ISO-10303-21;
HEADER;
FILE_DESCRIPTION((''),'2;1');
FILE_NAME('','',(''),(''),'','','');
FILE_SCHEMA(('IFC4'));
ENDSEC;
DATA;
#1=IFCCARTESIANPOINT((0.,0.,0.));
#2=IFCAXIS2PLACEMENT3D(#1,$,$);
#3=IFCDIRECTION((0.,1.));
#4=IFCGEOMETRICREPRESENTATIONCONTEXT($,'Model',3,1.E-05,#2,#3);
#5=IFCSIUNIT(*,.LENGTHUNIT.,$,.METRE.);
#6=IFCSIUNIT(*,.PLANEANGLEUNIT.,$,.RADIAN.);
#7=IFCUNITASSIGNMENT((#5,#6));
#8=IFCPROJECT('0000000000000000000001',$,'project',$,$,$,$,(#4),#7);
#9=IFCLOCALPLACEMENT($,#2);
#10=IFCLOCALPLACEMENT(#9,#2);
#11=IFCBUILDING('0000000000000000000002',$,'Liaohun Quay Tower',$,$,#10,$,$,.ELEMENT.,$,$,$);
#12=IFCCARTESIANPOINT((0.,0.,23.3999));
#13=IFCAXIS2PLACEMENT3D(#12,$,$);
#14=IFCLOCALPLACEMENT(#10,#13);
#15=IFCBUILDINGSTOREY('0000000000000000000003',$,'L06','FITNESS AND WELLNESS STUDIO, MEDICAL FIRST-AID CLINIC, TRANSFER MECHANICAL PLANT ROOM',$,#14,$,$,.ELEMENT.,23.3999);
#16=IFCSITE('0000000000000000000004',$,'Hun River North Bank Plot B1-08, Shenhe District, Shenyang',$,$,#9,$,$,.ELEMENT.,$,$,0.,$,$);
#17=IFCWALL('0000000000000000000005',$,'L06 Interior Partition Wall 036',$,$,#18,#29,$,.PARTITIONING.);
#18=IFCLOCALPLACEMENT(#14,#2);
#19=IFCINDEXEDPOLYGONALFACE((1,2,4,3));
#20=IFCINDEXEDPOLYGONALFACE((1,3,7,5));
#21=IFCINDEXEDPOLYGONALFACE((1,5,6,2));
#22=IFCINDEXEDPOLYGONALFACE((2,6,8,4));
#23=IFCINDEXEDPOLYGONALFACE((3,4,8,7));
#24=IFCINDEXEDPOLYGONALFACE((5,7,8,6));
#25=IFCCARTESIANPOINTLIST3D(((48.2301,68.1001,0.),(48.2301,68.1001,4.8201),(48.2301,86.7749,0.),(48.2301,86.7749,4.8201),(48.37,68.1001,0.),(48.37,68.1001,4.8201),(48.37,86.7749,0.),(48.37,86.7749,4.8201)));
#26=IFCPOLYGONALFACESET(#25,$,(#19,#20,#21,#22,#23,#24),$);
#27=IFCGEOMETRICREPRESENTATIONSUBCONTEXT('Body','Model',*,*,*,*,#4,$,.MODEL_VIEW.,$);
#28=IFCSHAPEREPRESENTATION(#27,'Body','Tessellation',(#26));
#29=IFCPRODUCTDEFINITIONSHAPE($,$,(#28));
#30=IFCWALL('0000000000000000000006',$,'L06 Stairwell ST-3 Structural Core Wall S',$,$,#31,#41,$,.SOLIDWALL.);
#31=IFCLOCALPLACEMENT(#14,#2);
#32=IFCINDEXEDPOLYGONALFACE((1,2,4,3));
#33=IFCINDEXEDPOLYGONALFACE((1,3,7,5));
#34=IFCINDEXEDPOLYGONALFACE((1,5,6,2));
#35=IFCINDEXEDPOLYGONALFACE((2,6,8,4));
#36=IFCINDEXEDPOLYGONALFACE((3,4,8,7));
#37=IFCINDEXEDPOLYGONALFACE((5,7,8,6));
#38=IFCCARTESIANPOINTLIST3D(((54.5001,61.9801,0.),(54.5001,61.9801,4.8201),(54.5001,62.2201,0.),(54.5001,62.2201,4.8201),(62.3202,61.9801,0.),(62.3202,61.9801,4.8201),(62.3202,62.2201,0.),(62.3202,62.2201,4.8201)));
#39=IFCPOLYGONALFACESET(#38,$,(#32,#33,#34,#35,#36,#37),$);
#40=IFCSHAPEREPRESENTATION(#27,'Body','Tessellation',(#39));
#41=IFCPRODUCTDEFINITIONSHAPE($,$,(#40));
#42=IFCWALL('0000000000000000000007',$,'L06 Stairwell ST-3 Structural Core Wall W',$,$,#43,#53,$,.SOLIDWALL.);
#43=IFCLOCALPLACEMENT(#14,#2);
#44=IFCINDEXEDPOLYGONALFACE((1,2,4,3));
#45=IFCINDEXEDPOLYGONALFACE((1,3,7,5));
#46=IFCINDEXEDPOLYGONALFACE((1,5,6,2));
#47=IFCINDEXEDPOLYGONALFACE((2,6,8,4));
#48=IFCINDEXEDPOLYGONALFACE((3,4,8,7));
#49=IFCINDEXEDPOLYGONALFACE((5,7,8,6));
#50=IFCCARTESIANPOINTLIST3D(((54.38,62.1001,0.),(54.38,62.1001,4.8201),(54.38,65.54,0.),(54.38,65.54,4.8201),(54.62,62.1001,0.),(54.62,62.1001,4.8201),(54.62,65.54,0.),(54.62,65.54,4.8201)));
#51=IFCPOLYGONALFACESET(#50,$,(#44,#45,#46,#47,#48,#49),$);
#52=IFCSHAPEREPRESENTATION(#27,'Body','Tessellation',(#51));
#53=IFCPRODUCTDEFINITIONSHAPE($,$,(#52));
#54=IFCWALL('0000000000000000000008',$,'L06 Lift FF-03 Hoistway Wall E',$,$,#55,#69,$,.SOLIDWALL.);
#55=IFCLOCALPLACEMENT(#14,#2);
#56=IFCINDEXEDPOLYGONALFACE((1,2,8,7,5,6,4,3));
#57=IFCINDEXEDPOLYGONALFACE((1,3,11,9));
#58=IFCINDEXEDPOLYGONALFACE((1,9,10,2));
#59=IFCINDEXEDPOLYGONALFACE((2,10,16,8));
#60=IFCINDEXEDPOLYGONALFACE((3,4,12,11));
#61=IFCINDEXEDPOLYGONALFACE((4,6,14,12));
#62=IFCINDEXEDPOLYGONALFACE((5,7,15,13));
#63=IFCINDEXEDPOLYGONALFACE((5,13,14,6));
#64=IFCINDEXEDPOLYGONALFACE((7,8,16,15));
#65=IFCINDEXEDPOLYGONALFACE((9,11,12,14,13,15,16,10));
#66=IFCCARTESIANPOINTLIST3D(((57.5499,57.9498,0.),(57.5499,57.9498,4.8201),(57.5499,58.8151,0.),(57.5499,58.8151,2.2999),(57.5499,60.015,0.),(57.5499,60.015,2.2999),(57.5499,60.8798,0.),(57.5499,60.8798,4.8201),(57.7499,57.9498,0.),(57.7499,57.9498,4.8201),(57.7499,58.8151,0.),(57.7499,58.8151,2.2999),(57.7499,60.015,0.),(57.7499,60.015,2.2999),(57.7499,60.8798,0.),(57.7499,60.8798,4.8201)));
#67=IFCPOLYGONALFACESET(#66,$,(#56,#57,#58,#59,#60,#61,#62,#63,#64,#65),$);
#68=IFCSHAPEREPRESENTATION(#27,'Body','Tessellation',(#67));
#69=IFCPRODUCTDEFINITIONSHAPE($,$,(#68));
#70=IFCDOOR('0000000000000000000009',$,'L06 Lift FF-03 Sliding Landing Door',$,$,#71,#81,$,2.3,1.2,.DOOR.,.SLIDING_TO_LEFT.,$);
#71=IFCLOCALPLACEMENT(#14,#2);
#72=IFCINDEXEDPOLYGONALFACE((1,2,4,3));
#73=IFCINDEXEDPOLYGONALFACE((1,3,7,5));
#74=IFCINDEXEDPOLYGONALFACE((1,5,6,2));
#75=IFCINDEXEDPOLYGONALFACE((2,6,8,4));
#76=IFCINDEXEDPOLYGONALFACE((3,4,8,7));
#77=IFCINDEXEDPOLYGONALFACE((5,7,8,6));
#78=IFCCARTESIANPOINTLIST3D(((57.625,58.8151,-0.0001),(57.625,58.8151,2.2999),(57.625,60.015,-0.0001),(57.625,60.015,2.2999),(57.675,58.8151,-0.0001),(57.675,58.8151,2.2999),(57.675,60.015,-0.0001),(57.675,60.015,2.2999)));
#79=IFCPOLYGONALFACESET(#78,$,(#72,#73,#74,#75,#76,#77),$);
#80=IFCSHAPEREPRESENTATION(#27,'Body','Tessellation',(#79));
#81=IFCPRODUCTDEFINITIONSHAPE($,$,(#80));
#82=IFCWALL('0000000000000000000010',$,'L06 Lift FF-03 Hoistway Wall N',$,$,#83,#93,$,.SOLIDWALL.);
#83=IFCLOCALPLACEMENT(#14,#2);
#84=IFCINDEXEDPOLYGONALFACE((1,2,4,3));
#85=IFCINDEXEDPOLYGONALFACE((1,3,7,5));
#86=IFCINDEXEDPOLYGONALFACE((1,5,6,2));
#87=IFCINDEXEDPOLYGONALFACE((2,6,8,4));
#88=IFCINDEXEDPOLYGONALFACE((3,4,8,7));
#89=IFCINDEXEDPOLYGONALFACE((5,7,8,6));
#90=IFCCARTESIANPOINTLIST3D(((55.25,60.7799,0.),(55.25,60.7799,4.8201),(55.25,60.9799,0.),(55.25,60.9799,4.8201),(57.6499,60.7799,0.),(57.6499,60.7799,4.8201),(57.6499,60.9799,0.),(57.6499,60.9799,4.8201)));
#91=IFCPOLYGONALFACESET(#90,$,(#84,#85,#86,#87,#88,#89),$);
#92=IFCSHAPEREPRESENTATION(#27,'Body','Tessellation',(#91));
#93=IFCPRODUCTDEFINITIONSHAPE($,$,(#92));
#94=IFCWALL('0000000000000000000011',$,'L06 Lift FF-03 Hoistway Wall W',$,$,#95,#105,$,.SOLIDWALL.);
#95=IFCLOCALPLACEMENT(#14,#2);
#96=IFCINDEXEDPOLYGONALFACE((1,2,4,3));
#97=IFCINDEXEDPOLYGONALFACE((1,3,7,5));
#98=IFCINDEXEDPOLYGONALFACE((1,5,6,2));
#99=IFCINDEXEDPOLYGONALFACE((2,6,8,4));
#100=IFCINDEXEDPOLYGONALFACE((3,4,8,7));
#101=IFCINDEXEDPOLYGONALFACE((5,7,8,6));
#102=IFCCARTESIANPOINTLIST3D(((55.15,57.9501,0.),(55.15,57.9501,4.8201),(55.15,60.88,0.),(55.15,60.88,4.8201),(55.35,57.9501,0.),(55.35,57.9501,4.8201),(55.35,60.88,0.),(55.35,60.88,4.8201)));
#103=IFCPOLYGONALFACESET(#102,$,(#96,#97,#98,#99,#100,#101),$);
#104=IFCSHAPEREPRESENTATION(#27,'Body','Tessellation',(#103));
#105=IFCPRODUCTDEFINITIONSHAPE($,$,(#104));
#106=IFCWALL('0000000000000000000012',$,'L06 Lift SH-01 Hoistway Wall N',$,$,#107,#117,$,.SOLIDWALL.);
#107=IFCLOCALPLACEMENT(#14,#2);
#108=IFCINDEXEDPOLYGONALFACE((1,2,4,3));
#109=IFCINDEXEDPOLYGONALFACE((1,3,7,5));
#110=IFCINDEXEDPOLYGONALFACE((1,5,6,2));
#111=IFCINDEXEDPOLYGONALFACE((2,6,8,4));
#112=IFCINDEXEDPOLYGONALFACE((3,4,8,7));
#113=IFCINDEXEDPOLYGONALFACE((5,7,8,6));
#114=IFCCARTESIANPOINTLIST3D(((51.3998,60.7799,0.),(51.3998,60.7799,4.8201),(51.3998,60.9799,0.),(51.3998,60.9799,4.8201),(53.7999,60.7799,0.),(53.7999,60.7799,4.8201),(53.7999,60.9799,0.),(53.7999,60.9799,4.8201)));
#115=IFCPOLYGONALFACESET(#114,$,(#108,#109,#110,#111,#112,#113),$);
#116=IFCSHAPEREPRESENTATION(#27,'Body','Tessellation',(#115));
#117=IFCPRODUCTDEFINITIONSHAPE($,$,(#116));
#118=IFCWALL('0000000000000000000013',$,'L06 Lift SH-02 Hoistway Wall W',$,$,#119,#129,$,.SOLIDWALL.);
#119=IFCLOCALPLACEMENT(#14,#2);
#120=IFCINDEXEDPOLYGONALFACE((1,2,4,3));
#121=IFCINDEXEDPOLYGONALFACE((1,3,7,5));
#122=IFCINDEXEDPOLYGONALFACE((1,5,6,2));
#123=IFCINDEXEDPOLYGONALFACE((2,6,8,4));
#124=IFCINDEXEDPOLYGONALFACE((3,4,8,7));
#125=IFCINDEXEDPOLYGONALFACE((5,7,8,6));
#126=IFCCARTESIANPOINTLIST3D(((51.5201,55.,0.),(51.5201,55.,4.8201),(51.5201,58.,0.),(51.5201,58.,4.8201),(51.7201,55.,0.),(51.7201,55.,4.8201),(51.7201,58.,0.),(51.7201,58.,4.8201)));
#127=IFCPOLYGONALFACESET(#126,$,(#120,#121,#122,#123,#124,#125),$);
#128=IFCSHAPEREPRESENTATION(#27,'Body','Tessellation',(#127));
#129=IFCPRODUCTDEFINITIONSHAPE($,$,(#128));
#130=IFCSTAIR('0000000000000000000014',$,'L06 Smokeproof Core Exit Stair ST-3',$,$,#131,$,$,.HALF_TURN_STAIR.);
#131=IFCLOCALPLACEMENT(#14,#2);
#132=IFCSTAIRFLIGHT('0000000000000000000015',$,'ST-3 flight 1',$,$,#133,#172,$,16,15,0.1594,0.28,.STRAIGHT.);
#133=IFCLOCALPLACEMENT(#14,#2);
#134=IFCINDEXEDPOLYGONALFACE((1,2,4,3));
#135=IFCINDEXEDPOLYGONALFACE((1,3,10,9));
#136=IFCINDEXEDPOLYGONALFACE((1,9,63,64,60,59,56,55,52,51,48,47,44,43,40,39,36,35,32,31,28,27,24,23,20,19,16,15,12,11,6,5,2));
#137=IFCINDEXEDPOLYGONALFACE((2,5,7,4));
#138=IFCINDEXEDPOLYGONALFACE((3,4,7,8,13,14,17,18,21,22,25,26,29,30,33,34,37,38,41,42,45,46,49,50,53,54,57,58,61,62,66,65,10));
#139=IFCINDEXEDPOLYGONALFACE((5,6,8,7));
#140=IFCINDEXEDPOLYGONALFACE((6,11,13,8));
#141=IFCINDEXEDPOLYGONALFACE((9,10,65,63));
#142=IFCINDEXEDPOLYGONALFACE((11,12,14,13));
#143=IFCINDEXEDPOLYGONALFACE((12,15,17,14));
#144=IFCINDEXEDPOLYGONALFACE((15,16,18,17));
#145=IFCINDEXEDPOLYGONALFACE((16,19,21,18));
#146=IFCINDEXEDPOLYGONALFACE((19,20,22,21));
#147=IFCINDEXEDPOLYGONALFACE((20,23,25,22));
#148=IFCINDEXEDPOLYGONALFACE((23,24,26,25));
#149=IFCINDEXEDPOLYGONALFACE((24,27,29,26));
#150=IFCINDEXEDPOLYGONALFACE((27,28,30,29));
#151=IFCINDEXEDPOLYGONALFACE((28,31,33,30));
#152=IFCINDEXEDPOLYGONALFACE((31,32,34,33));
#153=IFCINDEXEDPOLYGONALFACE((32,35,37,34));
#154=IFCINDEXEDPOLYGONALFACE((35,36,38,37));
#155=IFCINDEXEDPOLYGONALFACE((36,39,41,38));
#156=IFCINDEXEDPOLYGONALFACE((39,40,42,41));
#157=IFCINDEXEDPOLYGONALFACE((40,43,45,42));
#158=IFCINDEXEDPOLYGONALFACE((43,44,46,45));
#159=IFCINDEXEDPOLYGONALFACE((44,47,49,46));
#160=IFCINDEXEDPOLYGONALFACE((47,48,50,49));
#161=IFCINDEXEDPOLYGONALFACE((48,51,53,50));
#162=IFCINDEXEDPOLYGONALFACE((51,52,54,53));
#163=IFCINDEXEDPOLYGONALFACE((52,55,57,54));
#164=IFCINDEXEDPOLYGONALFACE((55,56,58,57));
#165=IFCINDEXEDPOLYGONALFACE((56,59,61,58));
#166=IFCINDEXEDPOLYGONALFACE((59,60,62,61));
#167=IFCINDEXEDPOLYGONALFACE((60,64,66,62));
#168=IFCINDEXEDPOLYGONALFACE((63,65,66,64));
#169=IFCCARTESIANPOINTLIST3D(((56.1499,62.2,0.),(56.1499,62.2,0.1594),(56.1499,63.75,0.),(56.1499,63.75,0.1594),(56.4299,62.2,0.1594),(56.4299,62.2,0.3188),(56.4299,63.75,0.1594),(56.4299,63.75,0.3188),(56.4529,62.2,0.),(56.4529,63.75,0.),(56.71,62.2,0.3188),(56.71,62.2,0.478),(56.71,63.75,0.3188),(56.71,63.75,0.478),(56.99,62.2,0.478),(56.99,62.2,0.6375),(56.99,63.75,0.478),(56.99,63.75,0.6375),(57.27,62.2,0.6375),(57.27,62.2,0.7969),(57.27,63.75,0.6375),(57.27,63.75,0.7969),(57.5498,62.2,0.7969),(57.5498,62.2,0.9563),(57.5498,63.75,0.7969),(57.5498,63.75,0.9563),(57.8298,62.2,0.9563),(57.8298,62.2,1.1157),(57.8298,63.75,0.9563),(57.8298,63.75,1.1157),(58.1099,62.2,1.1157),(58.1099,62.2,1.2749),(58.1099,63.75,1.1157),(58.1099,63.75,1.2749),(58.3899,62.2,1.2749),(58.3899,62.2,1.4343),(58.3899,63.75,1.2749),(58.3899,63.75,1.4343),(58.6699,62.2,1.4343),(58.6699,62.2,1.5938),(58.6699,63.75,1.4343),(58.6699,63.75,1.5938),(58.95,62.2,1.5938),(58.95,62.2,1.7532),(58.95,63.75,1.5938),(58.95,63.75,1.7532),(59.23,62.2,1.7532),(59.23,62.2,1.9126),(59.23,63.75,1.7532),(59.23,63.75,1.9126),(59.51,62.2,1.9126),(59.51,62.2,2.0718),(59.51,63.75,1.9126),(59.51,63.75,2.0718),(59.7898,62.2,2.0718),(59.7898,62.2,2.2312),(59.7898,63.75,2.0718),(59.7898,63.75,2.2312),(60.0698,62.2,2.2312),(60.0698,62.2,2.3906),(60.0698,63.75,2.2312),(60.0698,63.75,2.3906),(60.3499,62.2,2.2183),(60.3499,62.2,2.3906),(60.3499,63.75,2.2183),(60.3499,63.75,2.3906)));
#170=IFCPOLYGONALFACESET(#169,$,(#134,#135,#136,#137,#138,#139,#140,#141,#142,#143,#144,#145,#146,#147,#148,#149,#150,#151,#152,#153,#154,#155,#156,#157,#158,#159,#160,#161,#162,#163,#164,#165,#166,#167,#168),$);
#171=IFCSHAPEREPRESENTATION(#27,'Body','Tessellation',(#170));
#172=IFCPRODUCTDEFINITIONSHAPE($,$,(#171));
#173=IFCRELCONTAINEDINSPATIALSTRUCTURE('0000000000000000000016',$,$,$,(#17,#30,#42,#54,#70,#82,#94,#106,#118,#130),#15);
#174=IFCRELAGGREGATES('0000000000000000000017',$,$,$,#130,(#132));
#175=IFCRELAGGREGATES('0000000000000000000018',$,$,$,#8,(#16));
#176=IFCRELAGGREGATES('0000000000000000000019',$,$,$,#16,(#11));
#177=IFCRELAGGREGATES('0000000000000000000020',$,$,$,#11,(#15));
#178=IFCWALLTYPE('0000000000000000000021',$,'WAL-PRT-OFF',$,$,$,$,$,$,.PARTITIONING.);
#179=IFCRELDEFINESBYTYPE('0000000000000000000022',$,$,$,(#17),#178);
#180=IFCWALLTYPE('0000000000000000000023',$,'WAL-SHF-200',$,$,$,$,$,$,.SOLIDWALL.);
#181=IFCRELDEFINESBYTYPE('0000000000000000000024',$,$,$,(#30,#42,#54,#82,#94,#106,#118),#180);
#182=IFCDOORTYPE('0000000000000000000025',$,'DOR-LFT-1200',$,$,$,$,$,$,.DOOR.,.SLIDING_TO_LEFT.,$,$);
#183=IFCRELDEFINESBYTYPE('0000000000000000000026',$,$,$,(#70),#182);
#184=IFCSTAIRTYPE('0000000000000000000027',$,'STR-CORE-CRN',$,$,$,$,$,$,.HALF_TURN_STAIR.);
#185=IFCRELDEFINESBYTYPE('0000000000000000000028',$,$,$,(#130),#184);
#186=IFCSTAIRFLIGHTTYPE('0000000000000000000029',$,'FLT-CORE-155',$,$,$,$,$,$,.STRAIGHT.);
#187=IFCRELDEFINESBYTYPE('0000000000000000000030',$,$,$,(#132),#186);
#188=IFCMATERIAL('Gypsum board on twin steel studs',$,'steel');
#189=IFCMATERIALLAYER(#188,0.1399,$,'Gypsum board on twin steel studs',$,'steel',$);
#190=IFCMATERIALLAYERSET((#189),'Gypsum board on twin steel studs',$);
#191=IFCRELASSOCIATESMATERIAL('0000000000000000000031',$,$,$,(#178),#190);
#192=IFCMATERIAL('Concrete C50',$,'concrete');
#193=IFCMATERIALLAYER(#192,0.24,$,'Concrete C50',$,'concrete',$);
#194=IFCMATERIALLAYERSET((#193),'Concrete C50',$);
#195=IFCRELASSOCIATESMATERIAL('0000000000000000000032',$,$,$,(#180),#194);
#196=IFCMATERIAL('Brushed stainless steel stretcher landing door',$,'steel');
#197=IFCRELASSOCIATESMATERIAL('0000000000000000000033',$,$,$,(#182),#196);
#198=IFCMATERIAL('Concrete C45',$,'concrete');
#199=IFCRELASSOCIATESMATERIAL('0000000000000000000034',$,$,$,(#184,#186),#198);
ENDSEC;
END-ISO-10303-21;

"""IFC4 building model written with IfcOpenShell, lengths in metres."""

from ifc_helpers import new_model, si_unit, direction, frame, frame_2d, origin, place, context, subcontext, project, spatial, polyline, rectangle, outline, extrude, source, transform, mapped, material, layer, layer_set, type_object, element, fill, aggregate, save


model = new_model("IFC4")

# Units and contexts
model_context = context("Model", 3, precision=1e-05, world=origin(), true_north=direction((0.0, 1.0)))
body_context = subcontext(model_context, "Body", "Model", "MODEL_VIEW")
ifc_project = project(units=[si_unit("LENGTHUNIT", "METRE"), si_unit("PLANEANGLEUNIT", "RADIAN")], contexts=[model_context])

# Site, building, storey
site_placement = place(None, origin())
site = spatial("IfcSite", under=ifc_project, at=site_placement, Name="Hun River North Bank Plot B1-08, Shenhe District, Shenyang", CompositionType="ELEMENT", RefElevation=0.0)
building_placement = place(site_placement, origin())
building = spatial("IfcBuilding", under=site, at=building_placement, Name="Liaohun Quay Tower", CompositionType="ELEMENT")
storey_placement = place(building_placement, frame((0.0, 0.0, 23.3999)))
storey = spatial("IfcBuildingStorey", under=building, at=storey_placement, Name="L06", Description="FITNESS AND WELLNESS STUDIO, MEDICAL FIRST-AID CLINIC, TRANSFER MECHANICAL PLANT ROOM", CompositionType="ELEMENT", Elevation=23.3999)

# Walls
ifc_material_1 = material(Name="Gypsum board on twin steel studs", Category="steel")
ifc_layer_1 = layer(ifc_material_1, 0.1399, Name="Gypsum board on twin steel studs", Category="steel")
ifc_layer_set_1 = layer_set([ifc_layer_1], Name="Gypsum board on twin steel studs")
wall_type_1 = type_object("IfcWallType", Name="WAL-PRT-OFF", PredefinedType="PARTITIONING", material=ifc_layer_set_1)
wall_1_placement = place(storey_placement, frame((48.3, 68.1001, 0.0), z_axis=(0.0, 0.0, 1.0), x_axis=(0.0, 1.0, 0.0)))
element("IfcWall", 1, at=wall_1_placement, inside=storey, type_object=wall_type_1, Name="L06 Interior Partition Wall 036", PredefinedType="PARTITIONING", context=body_context, shape_type="SweptSolid", body=[
    extrude(rectangle(XDim=18.6748, YDim=0.1399, at=frame_2d((9.3374, 0.0))), origin(), (0.0, 0.0, 1.0), 4.8201),
])
ifc_material_2 = material(Name="Concrete C50", Category="concrete")
ifc_layer_2 = layer(ifc_material_2, 0.24, Name="Concrete C50", Category="concrete")
ifc_layer_set_2 = layer_set([ifc_layer_2], Name="Concrete C50")
wall_type_2 = type_object("IfcWallType", Name="WAL-SHF-200", PredefinedType="SOLIDWALL", material=ifc_layer_set_2)
wall_2_placement = place(storey_placement, frame((54.5, 62.1001, 0.0), z_axis=(0.0, 0.0, 1.0), x_axis=(1.0, 0.0, 0.0)))
element("IfcWall", 2, at=wall_2_placement, inside=storey, type_object=wall_type_2, Name="L06 Stairwell ST-3 Structural Core Wall S", PredefinedType="SOLIDWALL", context=body_context, shape_type="SweptSolid", body=[
    extrude(rectangle(XDim=7.8201, YDim=0.24, at=frame_2d((3.9102, 0.0))), origin(), (0.0, 0.0, 1.0), 4.8201),
])
wall_3_placement = place(storey_placement, frame((54.5, 65.54, 0.0), z_axis=(0.0, 0.0, 1.0), x_axis=(0.0, -1.0, 0.0)))
element("IfcWall", 3, at=wall_3_placement, inside=storey, type_object=wall_type_2, Name="L06 Stairwell ST-3 Structural Core Wall W", PredefinedType="SOLIDWALL", context=body_context, shape_type="SweptSolid", body=[
    extrude(rectangle(XDim=3.4399, YDim=0.24, at=frame_2d((1.72, 0.0))), origin(), (0.0, 0.0, 1.0), 4.8201),
])

# Wall, opening, door
wall_4_placement = place(storey_placement, frame((57.6499, 57.95, 0.0), z_axis=(0.0, 0.0, 1.0), x_axis=(0.0, 1.0, 0.0)))
wall_4 = element("IfcWall", 4, at=wall_4_placement, inside=storey, type_object=wall_type_2, Name="L06 Lift FF-03 Hoistway Wall E", PredefinedType="SOLIDWALL", context=body_context, shape_type="SweptSolid", body=[
    extrude(rectangle(XDim=2.9299, YDim=0.2, at=frame_2d((1.4648, 0.0))), origin(), (0.0, 0.0, 1.0), 4.8201),
])
shared_shape_1 = source(origin(), body_context, "Body", "SweptSolid", [
    extrude(rectangle(XDim=1.2, YDim=2.3, at=frame_2d((0.6001, 1.1499))), frame((0.0, 0.1099, 0.0), z_axis=(0.0, -1.0, 0.0), x_axis=(1.0, 0.0, 0.0)), (0.0, 0.0, 1.0), 0.22),
])
opening_1_placement = place(wall_4_placement, frame((0.865, 0.0, 0.0)))
opening_1 = element("IfcOpeningElement", 5, at=opening_1_placement, cuts=wall_4, PredefinedType="OPENING", context=body_context, shape_type="MappedRepresentation", body=[
    mapped(shared_shape_1, transform((0.0, 0.0, 0.0), x_axis=(1.0, 0.0, 0.0), y_axis=(0.0, 1.0, 0.0), z_axis=(0.0, 0.0, 1.0), scale=1.0)),
])
ifc_material_3 = material(Name="Brushed stainless steel stretcher landing door", Category="steel")
door_type_1 = type_object("IfcDoorType", Name="DOR-LFT-1200", OperationType="SLIDING_TO_LEFT", PredefinedType="DOOR", material=ifc_material_3)
shared_shape_2 = source(origin(), body_context, "Body", "SweptSolid", [
    extrude(rectangle(XDim=1.2, YDim=2.3, at=frame_2d((0.6001, 1.1499))), frame((0.0, 0.0249, 0.0), z_axis=(0.0, -1.0, 0.0), x_axis=(1.0, 0.0, 0.0)), (0.0, 0.0, 1.0), 0.05),
])
door_1_placement = place(opening_1_placement, origin())
door_1 = element("IfcDoor", 6, at=door_1_placement, inside=storey, type_object=door_type_1, Name="L06 Lift FF-03 Sliding Landing Door", OperationType="SLIDING_TO_LEFT", OverallHeight=2.3, OverallWidth=1.2, PredefinedType="DOOR", context=body_context, shape_type="MappedRepresentation", body=[
    mapped(shared_shape_2, transform((0.0, 0.0, 0.0), x_axis=(1.0, 0.0, 0.0), y_axis=(0.0, 1.0, 0.0), z_axis=(0.0, 0.0, 1.0), scale=1.0)),
])
fill(opening_1, door_1)

# Walls
wall_5_placement = place(storey_placement, frame((57.6499, 60.8799, 0.0), z_axis=(0.0, 0.0, 1.0), x_axis=(-1.0, 0.0, 0.0)))
element("IfcWall", 7, at=wall_5_placement, inside=storey, type_object=wall_type_2, Name="L06 Lift FF-03 Hoistway Wall N", PredefinedType="SOLIDWALL", context=body_context, shape_type="SweptSolid", body=[
    extrude(rectangle(XDim=2.3999, YDim=0.2, at=frame_2d((1.2, 0.0))), origin(), (0.0, 0.0, 1.0), 4.8201),
])
wall_6_placement = place(storey_placement, frame((55.25, 60.8799, 0.0), z_axis=(0.0, 0.0, 1.0), x_axis=(0.0, -1.0, 0.0)))
element("IfcWall", 8, at=wall_6_placement, inside=storey, type_object=wall_type_2, Name="L06 Lift FF-03 Hoistway Wall W", PredefinedType="SOLIDWALL", context=body_context, shape_type="SweptSolid", body=[
    extrude(rectangle(XDim=2.9299, YDim=0.2, at=frame_2d((1.4648, 0.0))), origin(), (0.0, 0.0, 1.0), 4.8201),
])
wall_7_placement = place(storey_placement, frame((53.8, 60.8799, 0.0), z_axis=(0.0, 0.0, 1.0), x_axis=(-1.0, 0.0, 0.0)))
element("IfcWall", 9, at=wall_7_placement, inside=storey, type_object=wall_type_2, Name="L06 Lift SH-01 Hoistway Wall N", PredefinedType="SOLIDWALL", context=body_context, shape_type="SweptSolid", body=[
    extrude(rectangle(XDim=2.4001, YDim=0.2, at=frame_2d((1.2002, 0.0))), origin(), (0.0, 0.0, 1.0), 4.8201),
])
wall_8_placement = place(storey_placement, frame((51.6201, 58.0, 0.0), z_axis=(0.0, 0.0, 1.0), x_axis=(0.0, -1.0, 0.0)))
element("IfcWall", 10, at=wall_8_placement, inside=storey, type_object=wall_type_2, Name="L06 Lift SH-02 Hoistway Wall W", PredefinedType="SOLIDWALL", context=body_context, shape_type="SweptSolid", body=[
    extrude(rectangle(XDim=3.0, YDim=0.2, at=frame_2d((1.5, 0.0))), origin(), (0.0, 0.0, 1.0), 4.8201),
])

# Stair, stair flight
ifc_material_4 = material(Name="Concrete C45", Category="concrete")
stair_type = type_object("IfcStairType", Name="STR-CORE-CRN", PredefinedType="HALF_TURN_STAIR", material=ifc_material_4)
stair_placement = place(storey_placement, origin())
stair = element("IfcStair", 11, at=stair_placement, inside=storey, type_object=stair_type, Name="L06 Smokeproof Core Exit Stair ST-3", PredefinedType="HALF_TURN_STAIR")
stair_flight_type = type_object("IfcStairFlightType", Name="FLT-CORE-155", PredefinedType="STRAIGHT", material=ifc_material_4)
stair_flight_placement = place(storey_placement, frame((56.1499, 62.9751, 0.0), z_axis=(0.0, 0.0, 1.0), x_axis=(1.0, 0.0, 0.0)))
stair_flight = element("IfcStairFlight", 12, at=stair_flight_placement, type_object=stair_flight_type, Name="ST-3 flight 1", NumberOfRisers=16, NumberOfTreads=15, PredefinedType="STRAIGHT", RiserHeight=0.1594, TreadLength=0.28, context=body_context, shape_type="SweptSolid", body=[
    extrude(outline(polyline([(0.0, 0.0), (0.0, 0.1594), (0.28, 0.1594), (0.28, 0.3188), (0.5601, 0.3188), (0.5601, 0.478), (0.8401, 0.478), (0.8401, 0.6375), (1.1201, 0.6375), (1.1201, 0.7969), (1.3999, 0.7969), (1.3999, 0.9563), (1.6799, 0.9563), (1.6799, 1.1157), (1.96, 1.1157), (1.96, 1.2749), (2.24, 1.2749), (2.24, 1.4343), (2.52, 1.4343), (2.52, 1.5938), (2.8, 1.5938), (2.8, 1.7532), (3.0801, 1.7532), (3.0801, 1.9126), (3.3601, 1.9126), (3.3601, 2.0718), (3.6399, 2.0718), (3.6399, 2.2312), (3.9199, 2.2312), (3.9199, 2.3906), (4.2, 2.3906), (4.2, 2.55), (4.2, 2.2183), (0.303, 0.0), (0.0, 0.0)])), frame((0.0, 0.7749, 0.0), z_axis=(0.0, -1.0, 0.0), x_axis=(1.0, 0.0, 0.0)), (0.0, 0.0, 1.0), 1.55),
])
aggregate(stair, [stair_flight])

save(model, "model.ifc")
